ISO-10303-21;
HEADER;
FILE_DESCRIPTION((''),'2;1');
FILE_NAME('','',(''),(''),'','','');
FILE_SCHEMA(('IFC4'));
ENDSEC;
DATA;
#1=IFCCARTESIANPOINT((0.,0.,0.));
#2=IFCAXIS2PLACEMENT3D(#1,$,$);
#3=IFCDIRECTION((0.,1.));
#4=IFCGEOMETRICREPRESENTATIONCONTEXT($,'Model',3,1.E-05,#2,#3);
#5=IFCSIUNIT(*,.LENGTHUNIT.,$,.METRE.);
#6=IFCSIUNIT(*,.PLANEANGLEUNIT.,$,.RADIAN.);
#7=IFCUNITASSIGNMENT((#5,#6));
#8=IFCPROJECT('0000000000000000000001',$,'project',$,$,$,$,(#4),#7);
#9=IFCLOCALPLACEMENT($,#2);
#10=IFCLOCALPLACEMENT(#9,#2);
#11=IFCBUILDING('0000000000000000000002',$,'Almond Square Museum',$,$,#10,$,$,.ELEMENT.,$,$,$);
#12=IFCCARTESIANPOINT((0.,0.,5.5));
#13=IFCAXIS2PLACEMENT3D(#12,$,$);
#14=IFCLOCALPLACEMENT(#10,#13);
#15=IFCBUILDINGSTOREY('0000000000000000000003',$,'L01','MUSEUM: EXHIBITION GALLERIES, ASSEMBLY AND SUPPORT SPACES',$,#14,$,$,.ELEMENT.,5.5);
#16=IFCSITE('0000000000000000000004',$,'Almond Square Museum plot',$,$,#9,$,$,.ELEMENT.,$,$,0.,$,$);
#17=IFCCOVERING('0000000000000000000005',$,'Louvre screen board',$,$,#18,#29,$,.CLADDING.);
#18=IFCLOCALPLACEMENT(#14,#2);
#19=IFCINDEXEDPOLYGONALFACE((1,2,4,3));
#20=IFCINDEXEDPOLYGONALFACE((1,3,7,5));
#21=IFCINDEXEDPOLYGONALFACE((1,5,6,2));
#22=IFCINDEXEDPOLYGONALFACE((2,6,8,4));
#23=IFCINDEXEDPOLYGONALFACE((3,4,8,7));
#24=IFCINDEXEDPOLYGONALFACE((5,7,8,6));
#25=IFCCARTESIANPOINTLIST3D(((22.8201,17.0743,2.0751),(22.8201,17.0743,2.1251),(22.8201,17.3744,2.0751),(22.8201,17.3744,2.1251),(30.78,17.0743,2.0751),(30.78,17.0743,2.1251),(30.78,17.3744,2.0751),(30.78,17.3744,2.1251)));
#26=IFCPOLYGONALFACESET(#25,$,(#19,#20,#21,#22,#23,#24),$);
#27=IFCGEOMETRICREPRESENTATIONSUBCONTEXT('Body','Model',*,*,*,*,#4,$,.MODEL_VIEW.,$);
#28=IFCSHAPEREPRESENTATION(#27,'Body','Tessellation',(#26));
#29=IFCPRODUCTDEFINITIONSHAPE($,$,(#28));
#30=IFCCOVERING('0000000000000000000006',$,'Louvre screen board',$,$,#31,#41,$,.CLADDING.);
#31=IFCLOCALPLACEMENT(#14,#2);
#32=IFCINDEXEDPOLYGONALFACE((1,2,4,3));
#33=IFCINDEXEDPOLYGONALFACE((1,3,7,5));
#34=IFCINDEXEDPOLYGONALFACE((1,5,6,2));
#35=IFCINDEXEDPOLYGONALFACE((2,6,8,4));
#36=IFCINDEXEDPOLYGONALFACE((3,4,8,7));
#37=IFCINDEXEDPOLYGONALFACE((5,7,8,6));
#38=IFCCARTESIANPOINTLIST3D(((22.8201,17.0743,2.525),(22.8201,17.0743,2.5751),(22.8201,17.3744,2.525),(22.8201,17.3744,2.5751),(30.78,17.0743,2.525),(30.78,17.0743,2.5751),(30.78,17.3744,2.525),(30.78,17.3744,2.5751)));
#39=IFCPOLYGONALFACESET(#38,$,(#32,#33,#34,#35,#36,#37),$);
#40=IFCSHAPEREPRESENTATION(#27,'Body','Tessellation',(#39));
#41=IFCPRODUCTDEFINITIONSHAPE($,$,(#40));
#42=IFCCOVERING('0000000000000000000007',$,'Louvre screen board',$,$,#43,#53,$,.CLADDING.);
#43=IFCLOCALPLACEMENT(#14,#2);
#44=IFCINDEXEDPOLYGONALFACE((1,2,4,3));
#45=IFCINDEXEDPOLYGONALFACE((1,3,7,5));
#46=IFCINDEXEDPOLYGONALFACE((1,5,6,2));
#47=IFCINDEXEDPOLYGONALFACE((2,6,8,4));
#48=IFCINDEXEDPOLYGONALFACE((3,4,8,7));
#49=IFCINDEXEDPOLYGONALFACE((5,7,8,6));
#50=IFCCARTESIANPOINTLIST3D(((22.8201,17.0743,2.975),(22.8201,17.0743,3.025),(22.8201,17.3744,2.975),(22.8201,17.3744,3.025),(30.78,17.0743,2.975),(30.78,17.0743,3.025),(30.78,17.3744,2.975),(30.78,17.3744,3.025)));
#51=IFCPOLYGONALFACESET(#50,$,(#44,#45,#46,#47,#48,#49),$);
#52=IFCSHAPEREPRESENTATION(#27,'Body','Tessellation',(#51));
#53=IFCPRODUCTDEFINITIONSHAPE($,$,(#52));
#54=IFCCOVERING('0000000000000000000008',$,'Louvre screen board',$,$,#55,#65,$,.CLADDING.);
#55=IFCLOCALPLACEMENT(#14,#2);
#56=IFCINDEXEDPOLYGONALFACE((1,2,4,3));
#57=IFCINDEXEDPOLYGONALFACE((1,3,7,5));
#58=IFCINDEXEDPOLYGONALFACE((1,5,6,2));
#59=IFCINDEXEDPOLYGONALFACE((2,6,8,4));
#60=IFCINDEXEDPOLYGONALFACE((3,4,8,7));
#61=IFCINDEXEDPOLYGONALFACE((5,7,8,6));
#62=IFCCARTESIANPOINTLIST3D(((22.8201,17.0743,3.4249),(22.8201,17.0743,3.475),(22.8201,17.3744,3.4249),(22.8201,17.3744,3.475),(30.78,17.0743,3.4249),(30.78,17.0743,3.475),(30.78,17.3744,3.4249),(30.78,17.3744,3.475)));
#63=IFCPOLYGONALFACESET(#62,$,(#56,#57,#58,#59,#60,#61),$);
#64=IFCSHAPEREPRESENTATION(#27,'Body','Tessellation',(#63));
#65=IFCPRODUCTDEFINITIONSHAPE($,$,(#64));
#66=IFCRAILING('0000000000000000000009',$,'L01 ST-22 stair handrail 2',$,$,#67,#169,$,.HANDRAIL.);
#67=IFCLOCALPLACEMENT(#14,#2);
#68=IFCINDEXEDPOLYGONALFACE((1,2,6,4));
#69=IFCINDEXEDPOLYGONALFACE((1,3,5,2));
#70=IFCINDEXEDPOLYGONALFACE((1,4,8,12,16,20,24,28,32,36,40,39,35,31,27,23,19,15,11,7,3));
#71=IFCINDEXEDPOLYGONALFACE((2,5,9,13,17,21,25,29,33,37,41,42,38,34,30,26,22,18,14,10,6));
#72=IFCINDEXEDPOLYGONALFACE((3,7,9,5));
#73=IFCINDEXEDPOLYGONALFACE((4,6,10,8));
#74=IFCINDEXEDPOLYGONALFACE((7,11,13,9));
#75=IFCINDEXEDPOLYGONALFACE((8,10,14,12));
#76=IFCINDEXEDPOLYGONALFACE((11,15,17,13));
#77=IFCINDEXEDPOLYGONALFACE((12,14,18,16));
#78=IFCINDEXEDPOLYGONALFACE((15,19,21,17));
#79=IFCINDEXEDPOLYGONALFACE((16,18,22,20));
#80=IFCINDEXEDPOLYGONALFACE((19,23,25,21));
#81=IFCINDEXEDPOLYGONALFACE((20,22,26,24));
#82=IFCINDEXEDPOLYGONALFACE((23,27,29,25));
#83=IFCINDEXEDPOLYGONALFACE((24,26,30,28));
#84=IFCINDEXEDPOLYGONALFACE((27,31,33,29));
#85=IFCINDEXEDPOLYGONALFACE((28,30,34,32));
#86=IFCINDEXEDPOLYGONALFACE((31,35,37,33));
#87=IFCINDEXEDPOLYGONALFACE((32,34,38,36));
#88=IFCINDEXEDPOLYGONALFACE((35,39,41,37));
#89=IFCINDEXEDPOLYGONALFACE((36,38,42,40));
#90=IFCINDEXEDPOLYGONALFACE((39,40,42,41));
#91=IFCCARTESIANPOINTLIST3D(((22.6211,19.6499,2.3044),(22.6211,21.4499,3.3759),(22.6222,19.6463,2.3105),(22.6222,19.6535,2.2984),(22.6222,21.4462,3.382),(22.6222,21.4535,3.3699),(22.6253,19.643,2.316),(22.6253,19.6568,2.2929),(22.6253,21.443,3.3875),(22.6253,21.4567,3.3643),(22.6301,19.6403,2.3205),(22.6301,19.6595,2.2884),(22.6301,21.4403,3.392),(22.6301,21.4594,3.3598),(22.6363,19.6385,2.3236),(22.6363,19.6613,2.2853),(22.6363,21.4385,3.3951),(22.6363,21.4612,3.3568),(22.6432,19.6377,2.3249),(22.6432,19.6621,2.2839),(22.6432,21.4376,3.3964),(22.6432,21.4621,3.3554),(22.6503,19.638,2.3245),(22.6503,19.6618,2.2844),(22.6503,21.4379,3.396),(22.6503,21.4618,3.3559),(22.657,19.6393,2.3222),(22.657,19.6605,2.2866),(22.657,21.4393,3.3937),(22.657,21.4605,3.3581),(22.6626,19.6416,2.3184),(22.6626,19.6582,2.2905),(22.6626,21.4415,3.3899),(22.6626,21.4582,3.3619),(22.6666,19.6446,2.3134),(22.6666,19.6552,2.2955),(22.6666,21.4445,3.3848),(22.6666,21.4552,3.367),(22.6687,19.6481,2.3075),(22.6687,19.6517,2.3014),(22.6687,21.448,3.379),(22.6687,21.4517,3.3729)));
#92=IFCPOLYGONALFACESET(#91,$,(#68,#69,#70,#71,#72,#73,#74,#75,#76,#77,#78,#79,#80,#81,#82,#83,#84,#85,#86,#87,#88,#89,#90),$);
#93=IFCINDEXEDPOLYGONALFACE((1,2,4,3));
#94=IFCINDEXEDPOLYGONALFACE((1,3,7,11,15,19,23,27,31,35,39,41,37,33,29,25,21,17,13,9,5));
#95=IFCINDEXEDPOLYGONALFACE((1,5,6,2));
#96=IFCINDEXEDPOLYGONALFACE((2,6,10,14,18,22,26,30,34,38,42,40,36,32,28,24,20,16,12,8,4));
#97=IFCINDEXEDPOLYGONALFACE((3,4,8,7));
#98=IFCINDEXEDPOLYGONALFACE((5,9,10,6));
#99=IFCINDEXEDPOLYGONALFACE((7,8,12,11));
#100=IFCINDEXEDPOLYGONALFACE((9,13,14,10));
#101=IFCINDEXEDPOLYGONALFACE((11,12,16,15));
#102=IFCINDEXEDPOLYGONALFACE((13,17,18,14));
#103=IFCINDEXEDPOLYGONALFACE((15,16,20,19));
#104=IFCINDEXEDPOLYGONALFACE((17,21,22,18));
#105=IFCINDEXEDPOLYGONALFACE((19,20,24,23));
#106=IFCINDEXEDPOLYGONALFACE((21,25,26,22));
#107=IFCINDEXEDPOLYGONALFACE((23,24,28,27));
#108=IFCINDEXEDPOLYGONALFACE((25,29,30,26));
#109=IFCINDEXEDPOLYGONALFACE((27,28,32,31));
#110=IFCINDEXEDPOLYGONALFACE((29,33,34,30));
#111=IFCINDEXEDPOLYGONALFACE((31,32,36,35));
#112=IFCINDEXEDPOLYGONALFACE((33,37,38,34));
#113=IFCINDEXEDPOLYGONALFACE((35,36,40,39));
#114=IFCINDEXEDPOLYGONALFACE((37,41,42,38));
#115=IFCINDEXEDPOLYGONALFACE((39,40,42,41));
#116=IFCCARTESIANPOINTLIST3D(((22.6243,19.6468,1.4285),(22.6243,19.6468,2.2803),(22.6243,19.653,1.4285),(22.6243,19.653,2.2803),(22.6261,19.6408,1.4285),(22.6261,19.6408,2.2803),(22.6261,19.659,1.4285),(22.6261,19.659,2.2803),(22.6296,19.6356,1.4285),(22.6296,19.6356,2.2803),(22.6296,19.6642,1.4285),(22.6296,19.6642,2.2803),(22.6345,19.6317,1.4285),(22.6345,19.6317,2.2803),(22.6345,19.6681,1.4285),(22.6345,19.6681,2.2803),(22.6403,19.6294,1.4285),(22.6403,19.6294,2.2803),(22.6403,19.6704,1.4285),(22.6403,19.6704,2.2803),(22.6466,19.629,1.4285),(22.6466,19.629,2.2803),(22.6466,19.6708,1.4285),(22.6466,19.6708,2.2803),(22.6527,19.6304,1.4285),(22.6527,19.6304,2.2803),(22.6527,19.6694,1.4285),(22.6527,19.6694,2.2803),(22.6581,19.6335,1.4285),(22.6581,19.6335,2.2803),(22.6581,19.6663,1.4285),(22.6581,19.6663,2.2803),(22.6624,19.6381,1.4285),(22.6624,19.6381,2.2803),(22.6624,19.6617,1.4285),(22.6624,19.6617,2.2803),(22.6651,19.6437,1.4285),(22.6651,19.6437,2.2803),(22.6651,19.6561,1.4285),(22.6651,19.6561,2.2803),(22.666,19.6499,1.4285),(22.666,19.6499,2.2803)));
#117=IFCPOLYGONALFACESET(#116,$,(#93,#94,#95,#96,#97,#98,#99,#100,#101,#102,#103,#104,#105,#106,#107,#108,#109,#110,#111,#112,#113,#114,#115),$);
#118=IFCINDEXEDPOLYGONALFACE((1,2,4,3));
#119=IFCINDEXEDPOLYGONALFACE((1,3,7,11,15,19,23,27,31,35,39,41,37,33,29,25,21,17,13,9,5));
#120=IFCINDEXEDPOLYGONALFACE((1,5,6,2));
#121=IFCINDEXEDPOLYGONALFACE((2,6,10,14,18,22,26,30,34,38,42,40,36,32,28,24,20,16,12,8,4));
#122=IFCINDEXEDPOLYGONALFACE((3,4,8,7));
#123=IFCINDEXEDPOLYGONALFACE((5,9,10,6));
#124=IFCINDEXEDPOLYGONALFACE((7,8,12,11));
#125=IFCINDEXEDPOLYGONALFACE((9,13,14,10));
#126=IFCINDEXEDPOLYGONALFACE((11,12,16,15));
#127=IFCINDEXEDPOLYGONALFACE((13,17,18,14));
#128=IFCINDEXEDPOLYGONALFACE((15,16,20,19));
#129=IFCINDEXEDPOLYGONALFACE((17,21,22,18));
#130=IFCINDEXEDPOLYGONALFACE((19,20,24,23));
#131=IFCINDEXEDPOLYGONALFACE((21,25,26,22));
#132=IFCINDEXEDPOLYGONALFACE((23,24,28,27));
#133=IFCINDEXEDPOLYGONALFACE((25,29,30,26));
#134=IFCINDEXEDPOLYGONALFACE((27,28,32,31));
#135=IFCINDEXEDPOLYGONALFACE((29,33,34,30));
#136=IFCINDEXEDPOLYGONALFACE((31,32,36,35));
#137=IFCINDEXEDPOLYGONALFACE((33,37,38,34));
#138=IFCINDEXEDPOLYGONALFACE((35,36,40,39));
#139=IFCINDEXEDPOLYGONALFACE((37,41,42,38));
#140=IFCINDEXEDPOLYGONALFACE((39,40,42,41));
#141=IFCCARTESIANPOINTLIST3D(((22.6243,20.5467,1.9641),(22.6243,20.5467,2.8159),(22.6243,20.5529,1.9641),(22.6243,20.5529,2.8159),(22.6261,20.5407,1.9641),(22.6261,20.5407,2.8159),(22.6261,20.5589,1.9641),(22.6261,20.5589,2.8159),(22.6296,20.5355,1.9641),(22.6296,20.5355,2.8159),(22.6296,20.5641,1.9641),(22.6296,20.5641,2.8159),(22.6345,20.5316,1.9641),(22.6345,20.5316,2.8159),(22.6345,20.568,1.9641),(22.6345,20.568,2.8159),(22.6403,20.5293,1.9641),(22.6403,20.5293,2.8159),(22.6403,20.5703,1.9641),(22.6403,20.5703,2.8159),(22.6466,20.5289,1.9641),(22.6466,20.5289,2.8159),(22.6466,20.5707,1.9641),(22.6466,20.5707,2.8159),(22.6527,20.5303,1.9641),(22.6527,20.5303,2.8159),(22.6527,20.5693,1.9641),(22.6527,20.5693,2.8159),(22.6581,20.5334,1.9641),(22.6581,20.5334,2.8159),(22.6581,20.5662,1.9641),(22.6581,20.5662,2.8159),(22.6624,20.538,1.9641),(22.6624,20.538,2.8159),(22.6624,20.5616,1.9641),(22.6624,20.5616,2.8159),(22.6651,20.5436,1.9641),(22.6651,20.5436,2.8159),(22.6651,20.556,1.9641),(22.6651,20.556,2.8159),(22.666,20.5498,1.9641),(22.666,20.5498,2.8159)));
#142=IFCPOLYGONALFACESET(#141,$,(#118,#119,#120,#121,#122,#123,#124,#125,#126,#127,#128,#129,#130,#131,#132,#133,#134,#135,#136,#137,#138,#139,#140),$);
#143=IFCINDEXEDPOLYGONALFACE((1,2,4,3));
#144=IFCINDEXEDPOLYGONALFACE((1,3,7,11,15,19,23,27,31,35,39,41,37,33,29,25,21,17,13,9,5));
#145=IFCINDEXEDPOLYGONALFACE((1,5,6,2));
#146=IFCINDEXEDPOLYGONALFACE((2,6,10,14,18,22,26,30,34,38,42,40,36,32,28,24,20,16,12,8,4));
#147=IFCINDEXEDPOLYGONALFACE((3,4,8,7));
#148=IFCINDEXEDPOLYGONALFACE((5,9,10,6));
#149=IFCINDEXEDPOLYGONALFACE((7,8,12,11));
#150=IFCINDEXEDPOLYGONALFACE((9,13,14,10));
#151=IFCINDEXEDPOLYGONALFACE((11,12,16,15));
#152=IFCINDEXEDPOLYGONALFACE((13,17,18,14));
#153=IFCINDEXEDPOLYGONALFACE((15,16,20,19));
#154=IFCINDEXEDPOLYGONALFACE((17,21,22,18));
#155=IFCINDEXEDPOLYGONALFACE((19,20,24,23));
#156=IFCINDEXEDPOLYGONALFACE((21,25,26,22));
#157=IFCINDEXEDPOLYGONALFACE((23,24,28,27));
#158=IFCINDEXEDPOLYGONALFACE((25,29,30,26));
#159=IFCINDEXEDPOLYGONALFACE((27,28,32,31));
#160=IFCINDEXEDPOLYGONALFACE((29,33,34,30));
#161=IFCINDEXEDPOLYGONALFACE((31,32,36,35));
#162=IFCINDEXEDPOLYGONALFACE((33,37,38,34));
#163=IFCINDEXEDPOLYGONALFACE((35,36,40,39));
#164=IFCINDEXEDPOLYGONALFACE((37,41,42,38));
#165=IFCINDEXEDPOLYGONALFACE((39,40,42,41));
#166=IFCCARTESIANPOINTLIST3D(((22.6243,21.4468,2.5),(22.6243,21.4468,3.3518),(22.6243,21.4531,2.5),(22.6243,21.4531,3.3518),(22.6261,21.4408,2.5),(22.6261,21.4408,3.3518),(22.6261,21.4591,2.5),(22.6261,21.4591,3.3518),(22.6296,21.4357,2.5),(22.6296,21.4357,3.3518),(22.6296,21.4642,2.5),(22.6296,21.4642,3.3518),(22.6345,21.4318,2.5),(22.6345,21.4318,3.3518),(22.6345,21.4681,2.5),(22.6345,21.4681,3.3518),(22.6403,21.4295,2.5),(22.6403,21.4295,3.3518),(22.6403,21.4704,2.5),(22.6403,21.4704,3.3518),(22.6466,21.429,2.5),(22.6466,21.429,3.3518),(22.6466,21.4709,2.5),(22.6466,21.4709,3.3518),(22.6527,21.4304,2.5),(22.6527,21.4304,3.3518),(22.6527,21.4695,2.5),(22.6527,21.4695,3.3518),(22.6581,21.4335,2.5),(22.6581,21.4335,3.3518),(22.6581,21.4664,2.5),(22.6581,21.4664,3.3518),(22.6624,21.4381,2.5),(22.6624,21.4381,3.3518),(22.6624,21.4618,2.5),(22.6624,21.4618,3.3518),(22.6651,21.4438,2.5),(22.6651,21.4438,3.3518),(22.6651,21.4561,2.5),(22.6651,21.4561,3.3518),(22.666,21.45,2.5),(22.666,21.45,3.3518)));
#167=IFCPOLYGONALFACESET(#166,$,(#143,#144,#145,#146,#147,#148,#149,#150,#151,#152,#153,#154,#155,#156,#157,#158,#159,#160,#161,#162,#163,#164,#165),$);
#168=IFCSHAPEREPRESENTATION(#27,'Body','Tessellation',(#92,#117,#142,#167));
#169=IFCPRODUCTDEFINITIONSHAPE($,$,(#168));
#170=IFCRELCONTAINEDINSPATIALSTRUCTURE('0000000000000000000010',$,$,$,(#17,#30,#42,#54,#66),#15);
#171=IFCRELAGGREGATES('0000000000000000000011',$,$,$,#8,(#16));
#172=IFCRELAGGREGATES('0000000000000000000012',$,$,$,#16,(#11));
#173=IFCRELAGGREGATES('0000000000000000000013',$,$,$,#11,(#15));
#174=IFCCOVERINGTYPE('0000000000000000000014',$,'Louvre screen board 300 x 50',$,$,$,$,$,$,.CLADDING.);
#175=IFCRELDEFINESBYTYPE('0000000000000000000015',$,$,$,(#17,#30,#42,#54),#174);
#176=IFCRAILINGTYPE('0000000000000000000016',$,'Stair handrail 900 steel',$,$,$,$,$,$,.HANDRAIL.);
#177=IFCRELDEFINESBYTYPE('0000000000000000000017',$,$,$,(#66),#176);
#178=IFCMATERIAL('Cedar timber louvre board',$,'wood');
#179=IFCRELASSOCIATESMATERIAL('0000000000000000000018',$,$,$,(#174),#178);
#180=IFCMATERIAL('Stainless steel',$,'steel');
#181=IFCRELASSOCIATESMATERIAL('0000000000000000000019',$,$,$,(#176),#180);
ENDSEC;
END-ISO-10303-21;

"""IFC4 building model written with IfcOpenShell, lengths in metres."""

from ifc_helpers import new_model, si_unit, direction, frame, origin, origin_2d, place, context, subcontext, project, spatial, rectangle, circle, extrude, material, material_profile, profile_set, type_object, element, save


model = new_model("IFC4")

# Units and contexts
model_context = context("Model", 3, precision=1e-05, world=origin(), true_north=direction((0.0, 1.0)))
body_context = subcontext(model_context, "Body", "Model", "MODEL_VIEW")
ifc_project = project(units=[si_unit("LENGTHUNIT", "METRE"), si_unit("PLANEANGLEUNIT", "RADIAN")], contexts=[model_context])

# Site, building, storey
site_placement = place(None, origin())
site = spatial("IfcSite", under=ifc_project, at=site_placement, Name="Almond Square Museum plot", CompositionType="ELEMENT", RefElevation=0.0)
building_placement = place(site_placement, origin())
building = spatial("IfcBuilding", under=site, at=building_placement, Name="Almond Square Museum", CompositionType="ELEMENT")
storey_placement = place(building_placement, frame((0.0, 0.0, 5.5)))
storey = spatial("IfcBuildingStorey", under=building, at=storey_placement, Name="L01", Description="MUSEUM: EXHIBITION GALLERIES, ASSEMBLY AND SUPPORT SPACES", CompositionType="ELEMENT", Elevation=5.5)

# Coverings
ifc_material_1 = material(Name="Cedar timber louvre board", Category="wood")
ifc_material_profile_1 = material_profile(ifc_material_1, rectangle(XDim=0.3, YDim=0.05, at=origin_2d()))
ifc_profile_set_1 = profile_set([ifc_material_profile_1], Name="Cedar timber louvre board")
covering_type = type_object("IfcCoveringType", Name="Louvre screen board 300 x 50", PredefinedType="CLADDING", material=ifc_profile_set_1)
for number, where, z_axis, x_axis, name in (
    (1, (22.8201, 17.2244, 2.1001), (1.0, 0.0, 0.0), (0.0, 1.0, 0.0), "Louvre screen board"),
    (2, (22.8201, 17.2244, 2.55), (1.0, 0.0, 0.0), (0.0, 1.0, 0.0), "Louvre screen board"),
    (3, (22.8201, 17.2244, 3.0), (1.0, 0.0, 0.0), (0.0, 1.0, 0.0), "Louvre screen board"),
    (4, (22.8201, 17.2244, 3.45), (1.0, 0.0, 0.0), (0.0, 1.0, 0.0), "Louvre screen board"),
):
    element("IfcCovering", number, at=place(storey_placement, frame(where, z_axis=z_axis, x_axis=x_axis)), inside=storey, type_object=covering_type, Name=name, PredefinedType="CLADDING", context=body_context, shape_type="SweptSolid", body=[
        extrude(rectangle(XDim=0.3, YDim=0.05, at=origin_2d()), origin(), (0.0, 0.0, 1.0), 7.96),
    ])

# Railing
ifc_material_2 = material(Name="Stainless steel", Category="steel")
railing_type = type_object("IfcRailingType", Name="Stair handrail 900 steel", PredefinedType="HANDRAIL", material=ifc_material_2)
for number, where, name in (
    (5, (22.645, 19.6499, 1.4285), "L01 ST-22 stair handrail 2"),
):
    element("IfcRailing", number, at=place(storey_placement, frame(where)), inside=storey, type_object=railing_type, Name=name, PredefinedType="HANDRAIL", context=body_context, shape_type="SweptSolid", body=[
        extrude(circle(Radius=0.0239, at=origin_2d()), frame((0.0, 0.0, 0.876), z_axis=(0.0, 0.859277, 0.51151), x_axis=(-1.0, 0.0, 0.0)), (0.0, 0.0, 1.0), 2.0947),
        extrude(circle(Radius=0.021, at=origin_2d()), origin(), (0.0, 0.0, 1.0), 0.8518),
        extrude(circle(Radius=0.021, at=origin_2d()), frame((0.0, 0.8999, 0.5356)), (0.0, 0.0, 1.0), 0.8518),
        extrude(circle(Radius=0.021, at=origin_2d()), frame((0.0, 1.8, 1.0715)), (0.0, 0.0, 1.0), 0.8518),
    ])

save(model, "model.ifc")
